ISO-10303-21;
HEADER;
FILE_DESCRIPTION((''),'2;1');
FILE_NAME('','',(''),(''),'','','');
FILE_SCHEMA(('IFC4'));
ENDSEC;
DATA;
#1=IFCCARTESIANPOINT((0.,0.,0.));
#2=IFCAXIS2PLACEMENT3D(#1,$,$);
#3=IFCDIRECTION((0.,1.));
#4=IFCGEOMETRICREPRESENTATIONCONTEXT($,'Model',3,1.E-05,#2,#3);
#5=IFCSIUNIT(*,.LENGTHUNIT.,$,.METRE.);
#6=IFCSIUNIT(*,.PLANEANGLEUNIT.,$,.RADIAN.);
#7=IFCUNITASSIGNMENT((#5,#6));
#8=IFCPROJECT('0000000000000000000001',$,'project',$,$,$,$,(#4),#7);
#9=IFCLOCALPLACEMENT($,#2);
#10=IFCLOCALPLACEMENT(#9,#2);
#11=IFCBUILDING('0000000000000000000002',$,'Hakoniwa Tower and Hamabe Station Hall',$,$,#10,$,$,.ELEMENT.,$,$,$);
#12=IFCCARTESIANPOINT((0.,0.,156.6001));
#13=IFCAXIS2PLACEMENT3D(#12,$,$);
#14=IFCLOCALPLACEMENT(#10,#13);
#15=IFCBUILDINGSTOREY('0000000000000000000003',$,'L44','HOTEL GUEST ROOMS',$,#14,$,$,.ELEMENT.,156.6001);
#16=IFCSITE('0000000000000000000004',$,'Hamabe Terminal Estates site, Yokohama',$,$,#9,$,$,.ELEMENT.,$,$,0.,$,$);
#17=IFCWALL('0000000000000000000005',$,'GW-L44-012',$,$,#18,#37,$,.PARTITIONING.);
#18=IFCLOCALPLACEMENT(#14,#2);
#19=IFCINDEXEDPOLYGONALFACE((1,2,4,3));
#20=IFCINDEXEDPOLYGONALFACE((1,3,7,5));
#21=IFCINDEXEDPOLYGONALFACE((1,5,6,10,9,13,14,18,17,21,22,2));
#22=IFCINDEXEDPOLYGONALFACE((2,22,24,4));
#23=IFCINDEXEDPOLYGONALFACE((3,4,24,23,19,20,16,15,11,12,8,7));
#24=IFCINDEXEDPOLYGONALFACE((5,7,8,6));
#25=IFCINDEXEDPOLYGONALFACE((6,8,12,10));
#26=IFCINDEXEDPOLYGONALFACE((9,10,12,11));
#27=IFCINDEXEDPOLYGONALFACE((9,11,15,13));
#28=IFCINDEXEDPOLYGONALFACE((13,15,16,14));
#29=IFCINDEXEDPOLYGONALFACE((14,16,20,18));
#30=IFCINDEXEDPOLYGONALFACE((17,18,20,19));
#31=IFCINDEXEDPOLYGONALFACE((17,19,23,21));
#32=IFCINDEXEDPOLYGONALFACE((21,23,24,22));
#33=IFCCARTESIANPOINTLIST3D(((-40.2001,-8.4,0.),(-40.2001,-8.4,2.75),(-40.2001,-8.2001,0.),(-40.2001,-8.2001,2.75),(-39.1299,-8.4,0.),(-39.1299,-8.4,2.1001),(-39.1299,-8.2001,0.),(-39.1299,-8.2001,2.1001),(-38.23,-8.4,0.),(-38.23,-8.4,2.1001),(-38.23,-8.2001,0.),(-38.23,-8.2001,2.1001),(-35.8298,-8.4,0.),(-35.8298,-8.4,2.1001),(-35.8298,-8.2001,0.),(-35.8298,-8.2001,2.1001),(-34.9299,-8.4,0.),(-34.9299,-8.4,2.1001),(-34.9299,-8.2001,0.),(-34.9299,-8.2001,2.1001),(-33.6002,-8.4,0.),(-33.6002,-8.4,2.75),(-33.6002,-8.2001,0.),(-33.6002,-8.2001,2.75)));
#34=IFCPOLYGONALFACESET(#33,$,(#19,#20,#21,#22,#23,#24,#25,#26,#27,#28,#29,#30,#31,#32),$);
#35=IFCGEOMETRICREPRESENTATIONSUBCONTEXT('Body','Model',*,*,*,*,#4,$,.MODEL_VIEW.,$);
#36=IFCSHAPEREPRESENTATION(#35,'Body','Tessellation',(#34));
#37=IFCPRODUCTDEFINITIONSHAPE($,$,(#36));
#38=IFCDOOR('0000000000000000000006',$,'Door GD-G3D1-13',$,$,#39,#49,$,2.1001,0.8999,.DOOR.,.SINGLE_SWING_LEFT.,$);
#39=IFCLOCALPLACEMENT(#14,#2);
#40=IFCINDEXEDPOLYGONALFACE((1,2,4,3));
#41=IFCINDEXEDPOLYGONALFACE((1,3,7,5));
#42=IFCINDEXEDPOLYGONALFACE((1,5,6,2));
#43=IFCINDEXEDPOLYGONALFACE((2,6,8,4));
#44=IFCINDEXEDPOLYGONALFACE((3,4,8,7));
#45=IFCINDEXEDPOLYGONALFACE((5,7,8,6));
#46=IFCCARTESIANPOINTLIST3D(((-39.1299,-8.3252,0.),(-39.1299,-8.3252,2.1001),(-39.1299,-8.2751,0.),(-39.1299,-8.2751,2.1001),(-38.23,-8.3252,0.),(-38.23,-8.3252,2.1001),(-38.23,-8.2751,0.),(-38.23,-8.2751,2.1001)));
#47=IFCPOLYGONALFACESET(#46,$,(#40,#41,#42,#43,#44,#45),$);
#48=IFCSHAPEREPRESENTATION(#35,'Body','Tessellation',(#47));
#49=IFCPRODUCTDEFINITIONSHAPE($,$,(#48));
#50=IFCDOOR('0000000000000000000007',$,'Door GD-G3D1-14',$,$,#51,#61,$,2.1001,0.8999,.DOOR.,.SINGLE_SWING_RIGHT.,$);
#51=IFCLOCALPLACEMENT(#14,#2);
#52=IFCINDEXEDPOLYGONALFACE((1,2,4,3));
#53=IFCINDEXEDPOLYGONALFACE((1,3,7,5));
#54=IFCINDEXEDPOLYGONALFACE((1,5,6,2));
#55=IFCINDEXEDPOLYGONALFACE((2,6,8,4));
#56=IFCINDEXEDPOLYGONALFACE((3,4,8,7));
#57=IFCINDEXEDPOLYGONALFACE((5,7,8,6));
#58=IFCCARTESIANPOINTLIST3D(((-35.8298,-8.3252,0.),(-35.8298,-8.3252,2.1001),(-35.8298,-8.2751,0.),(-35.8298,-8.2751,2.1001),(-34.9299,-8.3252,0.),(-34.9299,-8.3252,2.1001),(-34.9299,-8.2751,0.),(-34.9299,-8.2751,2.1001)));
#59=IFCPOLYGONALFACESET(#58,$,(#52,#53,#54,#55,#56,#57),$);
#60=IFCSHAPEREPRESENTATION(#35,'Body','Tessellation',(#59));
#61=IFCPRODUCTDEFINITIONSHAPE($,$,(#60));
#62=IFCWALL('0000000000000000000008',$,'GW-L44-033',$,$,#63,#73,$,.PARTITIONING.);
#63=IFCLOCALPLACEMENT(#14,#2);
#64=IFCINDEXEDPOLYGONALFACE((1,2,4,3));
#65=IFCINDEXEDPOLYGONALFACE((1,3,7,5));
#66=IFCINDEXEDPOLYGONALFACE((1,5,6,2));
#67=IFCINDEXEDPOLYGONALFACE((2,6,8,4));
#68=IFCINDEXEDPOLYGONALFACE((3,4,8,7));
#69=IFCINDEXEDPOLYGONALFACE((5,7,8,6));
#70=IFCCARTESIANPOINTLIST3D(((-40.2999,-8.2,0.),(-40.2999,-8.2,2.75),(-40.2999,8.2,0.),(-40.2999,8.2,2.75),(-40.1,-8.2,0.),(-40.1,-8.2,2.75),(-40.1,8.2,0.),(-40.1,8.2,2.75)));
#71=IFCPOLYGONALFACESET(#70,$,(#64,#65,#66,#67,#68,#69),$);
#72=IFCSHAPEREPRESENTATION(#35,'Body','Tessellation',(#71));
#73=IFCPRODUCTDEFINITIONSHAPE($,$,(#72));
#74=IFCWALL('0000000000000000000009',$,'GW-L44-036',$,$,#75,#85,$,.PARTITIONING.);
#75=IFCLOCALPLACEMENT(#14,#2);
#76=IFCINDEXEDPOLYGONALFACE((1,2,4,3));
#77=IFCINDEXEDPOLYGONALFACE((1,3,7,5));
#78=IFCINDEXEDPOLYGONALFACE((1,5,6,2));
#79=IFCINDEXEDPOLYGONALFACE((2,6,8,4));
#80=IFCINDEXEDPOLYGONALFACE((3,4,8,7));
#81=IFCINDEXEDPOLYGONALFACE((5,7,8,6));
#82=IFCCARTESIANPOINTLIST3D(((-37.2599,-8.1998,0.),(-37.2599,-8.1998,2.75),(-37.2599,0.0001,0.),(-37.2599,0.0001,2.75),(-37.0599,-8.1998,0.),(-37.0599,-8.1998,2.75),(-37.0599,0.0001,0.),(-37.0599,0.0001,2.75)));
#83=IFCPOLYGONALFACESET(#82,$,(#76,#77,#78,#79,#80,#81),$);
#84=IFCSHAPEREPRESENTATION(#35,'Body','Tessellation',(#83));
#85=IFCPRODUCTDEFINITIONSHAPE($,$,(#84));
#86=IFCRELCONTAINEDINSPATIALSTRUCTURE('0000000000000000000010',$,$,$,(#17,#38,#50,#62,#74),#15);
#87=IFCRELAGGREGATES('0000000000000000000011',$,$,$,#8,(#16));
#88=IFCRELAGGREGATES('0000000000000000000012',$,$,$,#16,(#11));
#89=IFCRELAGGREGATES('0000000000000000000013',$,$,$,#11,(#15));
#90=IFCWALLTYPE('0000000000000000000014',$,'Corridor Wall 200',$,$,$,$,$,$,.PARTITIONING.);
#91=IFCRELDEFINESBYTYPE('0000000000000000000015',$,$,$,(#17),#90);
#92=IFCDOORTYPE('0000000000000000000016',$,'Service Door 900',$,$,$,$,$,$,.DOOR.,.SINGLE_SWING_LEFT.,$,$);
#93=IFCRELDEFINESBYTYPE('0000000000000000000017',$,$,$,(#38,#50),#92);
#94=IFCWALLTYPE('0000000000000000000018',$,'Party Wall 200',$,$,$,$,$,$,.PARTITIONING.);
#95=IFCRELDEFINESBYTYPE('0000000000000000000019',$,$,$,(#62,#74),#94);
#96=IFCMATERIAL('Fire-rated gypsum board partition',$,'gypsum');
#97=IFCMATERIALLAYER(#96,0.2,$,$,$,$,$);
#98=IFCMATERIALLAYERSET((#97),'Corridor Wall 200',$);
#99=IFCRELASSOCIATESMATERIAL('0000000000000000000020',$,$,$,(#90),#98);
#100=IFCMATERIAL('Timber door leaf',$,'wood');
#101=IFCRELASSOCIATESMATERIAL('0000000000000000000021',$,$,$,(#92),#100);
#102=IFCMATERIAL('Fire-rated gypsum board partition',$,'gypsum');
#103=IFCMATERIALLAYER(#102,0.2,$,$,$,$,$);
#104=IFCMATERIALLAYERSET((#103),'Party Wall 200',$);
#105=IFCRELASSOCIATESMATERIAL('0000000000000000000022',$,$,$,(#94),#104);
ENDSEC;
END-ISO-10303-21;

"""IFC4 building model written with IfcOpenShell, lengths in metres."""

from ifc_helpers import new_model, si_unit, direction, frame, frame_2d, origin, place, context, subcontext, project, spatial, rectangle, extrude, material, layer, layer_set, type_object, element, fill, save


model = new_model("IFC4")

# Units and contexts
model_context = context("Model", 3, precision=1e-05, world=origin(), true_north=direction((0.0, 1.0)))
body_context = subcontext(model_context, "Body", "Model", "MODEL_VIEW")
ifc_project = project(units=[si_unit("LENGTHUNIT", "METRE"), si_unit("PLANEANGLEUNIT", "RADIAN")], contexts=[model_context])

# Site, building, storey
site_placement = place(None, origin())
site = spatial("IfcSite", under=ifc_project, at=site_placement, Name="Hamabe Terminal Estates site, Yokohama", CompositionType="ELEMENT", RefElevation=0.0)
building_placement = place(site_placement, origin())
building = spatial("IfcBuilding", under=site, at=building_placement, Name="Hakoniwa Tower and Hamabe Station Hall", CompositionType="ELEMENT")
storey_placement = place(building_placement, frame((0.0, 0.0, 156.6001)))
storey = spatial("IfcBuildingStorey", under=building, at=storey_placement, Name="L44", Description="HOTEL GUEST ROOMS", CompositionType="ELEMENT", Elevation=156.6001)

# Wall, openings, doors
ifc_material_1 = material(Name="Fire-rated gypsum board partition", Category="gypsum")
ifc_layer_1 = layer(ifc_material_1, 0.2)
ifc_layer_set_1 = layer_set([ifc_layer_1], Name="Corridor Wall 200")
wall_type_1 = type_object("IfcWallType", Name="Corridor Wall 200", PredefinedType="PARTITIONING", material=ifc_layer_set_1)
wall_1_placement = place(storey_placement, frame((-40.2, -8.3, 0.0), z_axis=(0.0, 0.0, 1.0), x_axis=(1.0, 0.0, 0.0)))
wall_1 = element("IfcWall", 1, at=wall_1_placement, inside=storey, type_object=wall_type_1, Name="GW-L44-012", PredefinedType="PARTITIONING", context=body_context, shape_type="SweptSolid", body=[
    extrude(rectangle(XDim=6.5999, YDim=0.2, at=frame_2d((3.2998, 0.0))), origin(), (0.0, 0.0, 1.0), 2.75),
])
opening_1_placement = place(wall_1_placement, frame((1.0701, 0.0, 0.0)))
opening_1 = element("IfcOpeningElement", 2, at=opening_1_placement, cuts=wall_1, PredefinedType="OPENING", context=body_context, shape_type="SweptSolid", body=[
    extrude(rectangle(XDim=0.8999, YDim=2.1001, at=frame_2d((0.45, 1.05))), frame((0.0, 0.1099, 0.0), z_axis=(0.0, -1.0, 0.0), x_axis=(1.0, 0.0, 0.0)), (0.0, 0.0, 1.0), 0.22),
])
opening_2_placement = place(wall_1_placement, frame((4.3701, 0.0, 0.0)))
opening_2 = element("IfcOpeningElement", 3, at=opening_2_placement, cuts=wall_1, PredefinedType="OPENING", context=body_context, shape_type="SweptSolid", body=[
    extrude(rectangle(XDim=0.8999, YDim=2.1001, at=frame_2d((0.45, 1.05))), frame((0.0, 0.1099, 0.0), z_axis=(0.0, -1.0, 0.0), x_axis=(1.0, 0.0, 0.0)), (0.0, 0.0, 1.0), 0.22),
])
ifc_material_2 = material(Name="Timber door leaf", Category="wood")
door_type_1 = type_object("IfcDoorType", Name="Service Door 900", OperationType="SINGLE_SWING_LEFT", PredefinedType="DOOR", material=ifc_material_2)
door_1_placement = place(opening_1_placement, origin())
door_1 = element("IfcDoor", 4, at=door_1_placement, inside=storey, type_object=door_type_1, Name="Door GD-G3D1-13", OperationType="SINGLE_SWING_LEFT", OverallHeight=2.1001, OverallWidth=0.8999, PredefinedType="DOOR", context=body_context, shape_type="SweptSolid", body=[
    extrude(rectangle(XDim=0.8999, YDim=2.1001, at=frame_2d((0.45, 1.05))), frame((0.0, 0.0249, 0.0), z_axis=(0.0, -1.0, 0.0), x_axis=(1.0, 0.0, 0.0)), (0.0, 0.0, 1.0), 0.05),
])
fill(opening_1, door_1)
door_2_placement = place(opening_2_placement, origin())
door_2 = element("IfcDoor", 5, at=door_2_placement, inside=storey, type_object=door_type_1, Name="Door GD-G3D1-14", OperationType="SINGLE_SWING_RIGHT", OverallHeight=2.1001, OverallWidth=0.8999, PredefinedType="DOOR", context=body_context, shape_type="SweptSolid", body=[
    extrude(rectangle(XDim=0.8999, YDim=2.1001, at=frame_2d((0.45, 1.05))), frame((0.0, 0.0249, 0.0), z_axis=(0.0, -1.0, 0.0), x_axis=(1.0, 0.0, 0.0)), (0.0, 0.0, 1.0), 0.05),
])
fill(opening_2, door_2)

# Walls
ifc_material_3 = material(Name="Fire-rated gypsum board partition", Category="gypsum")
ifc_layer_2 = layer(ifc_material_3, 0.2)
ifc_layer_set_2 = layer_set([ifc_layer_2], Name="Party Wall 200")
wall_type_2 = type_object("IfcWallType", Name="Party Wall 200", PredefinedType="PARTITIONING", material=ifc_layer_set_2)
wall_2_placement = place(storey_placement, frame((-40.2, -8.2, 0.0), z_axis=(0.0, 0.0, 1.0), x_axis=(0.0, 1.0, 0.0)))
element("IfcWall", 6, at=wall_2_placement, inside=storey, type_object=wall_type_2, Name="GW-L44-033", PredefinedType="PARTITIONING", context=body_context, shape_type="SweptSolid", body=[
    extrude(rectangle(XDim=16.3999, YDim=0.2, at=frame_2d((8.2, 0.0))), origin(), (0.0, 0.0, 1.0), 2.75),
])
wall_3_placement = place(storey_placement, frame((-37.1599, -8.2, 0.0), z_axis=(0.0, 0.0, 1.0), x_axis=(0.0, 1.0, 0.0)))
element("IfcWall", 7, at=wall_3_placement, inside=storey, type_object=wall_type_2, Name="GW-L44-036", PredefinedType="PARTITIONING", context=body_context, shape_type="SweptSolid", body=[
    extrude(rectangle(XDim=8.2, YDim=0.2, at=frame_2d((4.1001, 0.0))), origin(), (0.0, 0.0, 1.0), 2.75),
])

save(model, "model.ifc")
